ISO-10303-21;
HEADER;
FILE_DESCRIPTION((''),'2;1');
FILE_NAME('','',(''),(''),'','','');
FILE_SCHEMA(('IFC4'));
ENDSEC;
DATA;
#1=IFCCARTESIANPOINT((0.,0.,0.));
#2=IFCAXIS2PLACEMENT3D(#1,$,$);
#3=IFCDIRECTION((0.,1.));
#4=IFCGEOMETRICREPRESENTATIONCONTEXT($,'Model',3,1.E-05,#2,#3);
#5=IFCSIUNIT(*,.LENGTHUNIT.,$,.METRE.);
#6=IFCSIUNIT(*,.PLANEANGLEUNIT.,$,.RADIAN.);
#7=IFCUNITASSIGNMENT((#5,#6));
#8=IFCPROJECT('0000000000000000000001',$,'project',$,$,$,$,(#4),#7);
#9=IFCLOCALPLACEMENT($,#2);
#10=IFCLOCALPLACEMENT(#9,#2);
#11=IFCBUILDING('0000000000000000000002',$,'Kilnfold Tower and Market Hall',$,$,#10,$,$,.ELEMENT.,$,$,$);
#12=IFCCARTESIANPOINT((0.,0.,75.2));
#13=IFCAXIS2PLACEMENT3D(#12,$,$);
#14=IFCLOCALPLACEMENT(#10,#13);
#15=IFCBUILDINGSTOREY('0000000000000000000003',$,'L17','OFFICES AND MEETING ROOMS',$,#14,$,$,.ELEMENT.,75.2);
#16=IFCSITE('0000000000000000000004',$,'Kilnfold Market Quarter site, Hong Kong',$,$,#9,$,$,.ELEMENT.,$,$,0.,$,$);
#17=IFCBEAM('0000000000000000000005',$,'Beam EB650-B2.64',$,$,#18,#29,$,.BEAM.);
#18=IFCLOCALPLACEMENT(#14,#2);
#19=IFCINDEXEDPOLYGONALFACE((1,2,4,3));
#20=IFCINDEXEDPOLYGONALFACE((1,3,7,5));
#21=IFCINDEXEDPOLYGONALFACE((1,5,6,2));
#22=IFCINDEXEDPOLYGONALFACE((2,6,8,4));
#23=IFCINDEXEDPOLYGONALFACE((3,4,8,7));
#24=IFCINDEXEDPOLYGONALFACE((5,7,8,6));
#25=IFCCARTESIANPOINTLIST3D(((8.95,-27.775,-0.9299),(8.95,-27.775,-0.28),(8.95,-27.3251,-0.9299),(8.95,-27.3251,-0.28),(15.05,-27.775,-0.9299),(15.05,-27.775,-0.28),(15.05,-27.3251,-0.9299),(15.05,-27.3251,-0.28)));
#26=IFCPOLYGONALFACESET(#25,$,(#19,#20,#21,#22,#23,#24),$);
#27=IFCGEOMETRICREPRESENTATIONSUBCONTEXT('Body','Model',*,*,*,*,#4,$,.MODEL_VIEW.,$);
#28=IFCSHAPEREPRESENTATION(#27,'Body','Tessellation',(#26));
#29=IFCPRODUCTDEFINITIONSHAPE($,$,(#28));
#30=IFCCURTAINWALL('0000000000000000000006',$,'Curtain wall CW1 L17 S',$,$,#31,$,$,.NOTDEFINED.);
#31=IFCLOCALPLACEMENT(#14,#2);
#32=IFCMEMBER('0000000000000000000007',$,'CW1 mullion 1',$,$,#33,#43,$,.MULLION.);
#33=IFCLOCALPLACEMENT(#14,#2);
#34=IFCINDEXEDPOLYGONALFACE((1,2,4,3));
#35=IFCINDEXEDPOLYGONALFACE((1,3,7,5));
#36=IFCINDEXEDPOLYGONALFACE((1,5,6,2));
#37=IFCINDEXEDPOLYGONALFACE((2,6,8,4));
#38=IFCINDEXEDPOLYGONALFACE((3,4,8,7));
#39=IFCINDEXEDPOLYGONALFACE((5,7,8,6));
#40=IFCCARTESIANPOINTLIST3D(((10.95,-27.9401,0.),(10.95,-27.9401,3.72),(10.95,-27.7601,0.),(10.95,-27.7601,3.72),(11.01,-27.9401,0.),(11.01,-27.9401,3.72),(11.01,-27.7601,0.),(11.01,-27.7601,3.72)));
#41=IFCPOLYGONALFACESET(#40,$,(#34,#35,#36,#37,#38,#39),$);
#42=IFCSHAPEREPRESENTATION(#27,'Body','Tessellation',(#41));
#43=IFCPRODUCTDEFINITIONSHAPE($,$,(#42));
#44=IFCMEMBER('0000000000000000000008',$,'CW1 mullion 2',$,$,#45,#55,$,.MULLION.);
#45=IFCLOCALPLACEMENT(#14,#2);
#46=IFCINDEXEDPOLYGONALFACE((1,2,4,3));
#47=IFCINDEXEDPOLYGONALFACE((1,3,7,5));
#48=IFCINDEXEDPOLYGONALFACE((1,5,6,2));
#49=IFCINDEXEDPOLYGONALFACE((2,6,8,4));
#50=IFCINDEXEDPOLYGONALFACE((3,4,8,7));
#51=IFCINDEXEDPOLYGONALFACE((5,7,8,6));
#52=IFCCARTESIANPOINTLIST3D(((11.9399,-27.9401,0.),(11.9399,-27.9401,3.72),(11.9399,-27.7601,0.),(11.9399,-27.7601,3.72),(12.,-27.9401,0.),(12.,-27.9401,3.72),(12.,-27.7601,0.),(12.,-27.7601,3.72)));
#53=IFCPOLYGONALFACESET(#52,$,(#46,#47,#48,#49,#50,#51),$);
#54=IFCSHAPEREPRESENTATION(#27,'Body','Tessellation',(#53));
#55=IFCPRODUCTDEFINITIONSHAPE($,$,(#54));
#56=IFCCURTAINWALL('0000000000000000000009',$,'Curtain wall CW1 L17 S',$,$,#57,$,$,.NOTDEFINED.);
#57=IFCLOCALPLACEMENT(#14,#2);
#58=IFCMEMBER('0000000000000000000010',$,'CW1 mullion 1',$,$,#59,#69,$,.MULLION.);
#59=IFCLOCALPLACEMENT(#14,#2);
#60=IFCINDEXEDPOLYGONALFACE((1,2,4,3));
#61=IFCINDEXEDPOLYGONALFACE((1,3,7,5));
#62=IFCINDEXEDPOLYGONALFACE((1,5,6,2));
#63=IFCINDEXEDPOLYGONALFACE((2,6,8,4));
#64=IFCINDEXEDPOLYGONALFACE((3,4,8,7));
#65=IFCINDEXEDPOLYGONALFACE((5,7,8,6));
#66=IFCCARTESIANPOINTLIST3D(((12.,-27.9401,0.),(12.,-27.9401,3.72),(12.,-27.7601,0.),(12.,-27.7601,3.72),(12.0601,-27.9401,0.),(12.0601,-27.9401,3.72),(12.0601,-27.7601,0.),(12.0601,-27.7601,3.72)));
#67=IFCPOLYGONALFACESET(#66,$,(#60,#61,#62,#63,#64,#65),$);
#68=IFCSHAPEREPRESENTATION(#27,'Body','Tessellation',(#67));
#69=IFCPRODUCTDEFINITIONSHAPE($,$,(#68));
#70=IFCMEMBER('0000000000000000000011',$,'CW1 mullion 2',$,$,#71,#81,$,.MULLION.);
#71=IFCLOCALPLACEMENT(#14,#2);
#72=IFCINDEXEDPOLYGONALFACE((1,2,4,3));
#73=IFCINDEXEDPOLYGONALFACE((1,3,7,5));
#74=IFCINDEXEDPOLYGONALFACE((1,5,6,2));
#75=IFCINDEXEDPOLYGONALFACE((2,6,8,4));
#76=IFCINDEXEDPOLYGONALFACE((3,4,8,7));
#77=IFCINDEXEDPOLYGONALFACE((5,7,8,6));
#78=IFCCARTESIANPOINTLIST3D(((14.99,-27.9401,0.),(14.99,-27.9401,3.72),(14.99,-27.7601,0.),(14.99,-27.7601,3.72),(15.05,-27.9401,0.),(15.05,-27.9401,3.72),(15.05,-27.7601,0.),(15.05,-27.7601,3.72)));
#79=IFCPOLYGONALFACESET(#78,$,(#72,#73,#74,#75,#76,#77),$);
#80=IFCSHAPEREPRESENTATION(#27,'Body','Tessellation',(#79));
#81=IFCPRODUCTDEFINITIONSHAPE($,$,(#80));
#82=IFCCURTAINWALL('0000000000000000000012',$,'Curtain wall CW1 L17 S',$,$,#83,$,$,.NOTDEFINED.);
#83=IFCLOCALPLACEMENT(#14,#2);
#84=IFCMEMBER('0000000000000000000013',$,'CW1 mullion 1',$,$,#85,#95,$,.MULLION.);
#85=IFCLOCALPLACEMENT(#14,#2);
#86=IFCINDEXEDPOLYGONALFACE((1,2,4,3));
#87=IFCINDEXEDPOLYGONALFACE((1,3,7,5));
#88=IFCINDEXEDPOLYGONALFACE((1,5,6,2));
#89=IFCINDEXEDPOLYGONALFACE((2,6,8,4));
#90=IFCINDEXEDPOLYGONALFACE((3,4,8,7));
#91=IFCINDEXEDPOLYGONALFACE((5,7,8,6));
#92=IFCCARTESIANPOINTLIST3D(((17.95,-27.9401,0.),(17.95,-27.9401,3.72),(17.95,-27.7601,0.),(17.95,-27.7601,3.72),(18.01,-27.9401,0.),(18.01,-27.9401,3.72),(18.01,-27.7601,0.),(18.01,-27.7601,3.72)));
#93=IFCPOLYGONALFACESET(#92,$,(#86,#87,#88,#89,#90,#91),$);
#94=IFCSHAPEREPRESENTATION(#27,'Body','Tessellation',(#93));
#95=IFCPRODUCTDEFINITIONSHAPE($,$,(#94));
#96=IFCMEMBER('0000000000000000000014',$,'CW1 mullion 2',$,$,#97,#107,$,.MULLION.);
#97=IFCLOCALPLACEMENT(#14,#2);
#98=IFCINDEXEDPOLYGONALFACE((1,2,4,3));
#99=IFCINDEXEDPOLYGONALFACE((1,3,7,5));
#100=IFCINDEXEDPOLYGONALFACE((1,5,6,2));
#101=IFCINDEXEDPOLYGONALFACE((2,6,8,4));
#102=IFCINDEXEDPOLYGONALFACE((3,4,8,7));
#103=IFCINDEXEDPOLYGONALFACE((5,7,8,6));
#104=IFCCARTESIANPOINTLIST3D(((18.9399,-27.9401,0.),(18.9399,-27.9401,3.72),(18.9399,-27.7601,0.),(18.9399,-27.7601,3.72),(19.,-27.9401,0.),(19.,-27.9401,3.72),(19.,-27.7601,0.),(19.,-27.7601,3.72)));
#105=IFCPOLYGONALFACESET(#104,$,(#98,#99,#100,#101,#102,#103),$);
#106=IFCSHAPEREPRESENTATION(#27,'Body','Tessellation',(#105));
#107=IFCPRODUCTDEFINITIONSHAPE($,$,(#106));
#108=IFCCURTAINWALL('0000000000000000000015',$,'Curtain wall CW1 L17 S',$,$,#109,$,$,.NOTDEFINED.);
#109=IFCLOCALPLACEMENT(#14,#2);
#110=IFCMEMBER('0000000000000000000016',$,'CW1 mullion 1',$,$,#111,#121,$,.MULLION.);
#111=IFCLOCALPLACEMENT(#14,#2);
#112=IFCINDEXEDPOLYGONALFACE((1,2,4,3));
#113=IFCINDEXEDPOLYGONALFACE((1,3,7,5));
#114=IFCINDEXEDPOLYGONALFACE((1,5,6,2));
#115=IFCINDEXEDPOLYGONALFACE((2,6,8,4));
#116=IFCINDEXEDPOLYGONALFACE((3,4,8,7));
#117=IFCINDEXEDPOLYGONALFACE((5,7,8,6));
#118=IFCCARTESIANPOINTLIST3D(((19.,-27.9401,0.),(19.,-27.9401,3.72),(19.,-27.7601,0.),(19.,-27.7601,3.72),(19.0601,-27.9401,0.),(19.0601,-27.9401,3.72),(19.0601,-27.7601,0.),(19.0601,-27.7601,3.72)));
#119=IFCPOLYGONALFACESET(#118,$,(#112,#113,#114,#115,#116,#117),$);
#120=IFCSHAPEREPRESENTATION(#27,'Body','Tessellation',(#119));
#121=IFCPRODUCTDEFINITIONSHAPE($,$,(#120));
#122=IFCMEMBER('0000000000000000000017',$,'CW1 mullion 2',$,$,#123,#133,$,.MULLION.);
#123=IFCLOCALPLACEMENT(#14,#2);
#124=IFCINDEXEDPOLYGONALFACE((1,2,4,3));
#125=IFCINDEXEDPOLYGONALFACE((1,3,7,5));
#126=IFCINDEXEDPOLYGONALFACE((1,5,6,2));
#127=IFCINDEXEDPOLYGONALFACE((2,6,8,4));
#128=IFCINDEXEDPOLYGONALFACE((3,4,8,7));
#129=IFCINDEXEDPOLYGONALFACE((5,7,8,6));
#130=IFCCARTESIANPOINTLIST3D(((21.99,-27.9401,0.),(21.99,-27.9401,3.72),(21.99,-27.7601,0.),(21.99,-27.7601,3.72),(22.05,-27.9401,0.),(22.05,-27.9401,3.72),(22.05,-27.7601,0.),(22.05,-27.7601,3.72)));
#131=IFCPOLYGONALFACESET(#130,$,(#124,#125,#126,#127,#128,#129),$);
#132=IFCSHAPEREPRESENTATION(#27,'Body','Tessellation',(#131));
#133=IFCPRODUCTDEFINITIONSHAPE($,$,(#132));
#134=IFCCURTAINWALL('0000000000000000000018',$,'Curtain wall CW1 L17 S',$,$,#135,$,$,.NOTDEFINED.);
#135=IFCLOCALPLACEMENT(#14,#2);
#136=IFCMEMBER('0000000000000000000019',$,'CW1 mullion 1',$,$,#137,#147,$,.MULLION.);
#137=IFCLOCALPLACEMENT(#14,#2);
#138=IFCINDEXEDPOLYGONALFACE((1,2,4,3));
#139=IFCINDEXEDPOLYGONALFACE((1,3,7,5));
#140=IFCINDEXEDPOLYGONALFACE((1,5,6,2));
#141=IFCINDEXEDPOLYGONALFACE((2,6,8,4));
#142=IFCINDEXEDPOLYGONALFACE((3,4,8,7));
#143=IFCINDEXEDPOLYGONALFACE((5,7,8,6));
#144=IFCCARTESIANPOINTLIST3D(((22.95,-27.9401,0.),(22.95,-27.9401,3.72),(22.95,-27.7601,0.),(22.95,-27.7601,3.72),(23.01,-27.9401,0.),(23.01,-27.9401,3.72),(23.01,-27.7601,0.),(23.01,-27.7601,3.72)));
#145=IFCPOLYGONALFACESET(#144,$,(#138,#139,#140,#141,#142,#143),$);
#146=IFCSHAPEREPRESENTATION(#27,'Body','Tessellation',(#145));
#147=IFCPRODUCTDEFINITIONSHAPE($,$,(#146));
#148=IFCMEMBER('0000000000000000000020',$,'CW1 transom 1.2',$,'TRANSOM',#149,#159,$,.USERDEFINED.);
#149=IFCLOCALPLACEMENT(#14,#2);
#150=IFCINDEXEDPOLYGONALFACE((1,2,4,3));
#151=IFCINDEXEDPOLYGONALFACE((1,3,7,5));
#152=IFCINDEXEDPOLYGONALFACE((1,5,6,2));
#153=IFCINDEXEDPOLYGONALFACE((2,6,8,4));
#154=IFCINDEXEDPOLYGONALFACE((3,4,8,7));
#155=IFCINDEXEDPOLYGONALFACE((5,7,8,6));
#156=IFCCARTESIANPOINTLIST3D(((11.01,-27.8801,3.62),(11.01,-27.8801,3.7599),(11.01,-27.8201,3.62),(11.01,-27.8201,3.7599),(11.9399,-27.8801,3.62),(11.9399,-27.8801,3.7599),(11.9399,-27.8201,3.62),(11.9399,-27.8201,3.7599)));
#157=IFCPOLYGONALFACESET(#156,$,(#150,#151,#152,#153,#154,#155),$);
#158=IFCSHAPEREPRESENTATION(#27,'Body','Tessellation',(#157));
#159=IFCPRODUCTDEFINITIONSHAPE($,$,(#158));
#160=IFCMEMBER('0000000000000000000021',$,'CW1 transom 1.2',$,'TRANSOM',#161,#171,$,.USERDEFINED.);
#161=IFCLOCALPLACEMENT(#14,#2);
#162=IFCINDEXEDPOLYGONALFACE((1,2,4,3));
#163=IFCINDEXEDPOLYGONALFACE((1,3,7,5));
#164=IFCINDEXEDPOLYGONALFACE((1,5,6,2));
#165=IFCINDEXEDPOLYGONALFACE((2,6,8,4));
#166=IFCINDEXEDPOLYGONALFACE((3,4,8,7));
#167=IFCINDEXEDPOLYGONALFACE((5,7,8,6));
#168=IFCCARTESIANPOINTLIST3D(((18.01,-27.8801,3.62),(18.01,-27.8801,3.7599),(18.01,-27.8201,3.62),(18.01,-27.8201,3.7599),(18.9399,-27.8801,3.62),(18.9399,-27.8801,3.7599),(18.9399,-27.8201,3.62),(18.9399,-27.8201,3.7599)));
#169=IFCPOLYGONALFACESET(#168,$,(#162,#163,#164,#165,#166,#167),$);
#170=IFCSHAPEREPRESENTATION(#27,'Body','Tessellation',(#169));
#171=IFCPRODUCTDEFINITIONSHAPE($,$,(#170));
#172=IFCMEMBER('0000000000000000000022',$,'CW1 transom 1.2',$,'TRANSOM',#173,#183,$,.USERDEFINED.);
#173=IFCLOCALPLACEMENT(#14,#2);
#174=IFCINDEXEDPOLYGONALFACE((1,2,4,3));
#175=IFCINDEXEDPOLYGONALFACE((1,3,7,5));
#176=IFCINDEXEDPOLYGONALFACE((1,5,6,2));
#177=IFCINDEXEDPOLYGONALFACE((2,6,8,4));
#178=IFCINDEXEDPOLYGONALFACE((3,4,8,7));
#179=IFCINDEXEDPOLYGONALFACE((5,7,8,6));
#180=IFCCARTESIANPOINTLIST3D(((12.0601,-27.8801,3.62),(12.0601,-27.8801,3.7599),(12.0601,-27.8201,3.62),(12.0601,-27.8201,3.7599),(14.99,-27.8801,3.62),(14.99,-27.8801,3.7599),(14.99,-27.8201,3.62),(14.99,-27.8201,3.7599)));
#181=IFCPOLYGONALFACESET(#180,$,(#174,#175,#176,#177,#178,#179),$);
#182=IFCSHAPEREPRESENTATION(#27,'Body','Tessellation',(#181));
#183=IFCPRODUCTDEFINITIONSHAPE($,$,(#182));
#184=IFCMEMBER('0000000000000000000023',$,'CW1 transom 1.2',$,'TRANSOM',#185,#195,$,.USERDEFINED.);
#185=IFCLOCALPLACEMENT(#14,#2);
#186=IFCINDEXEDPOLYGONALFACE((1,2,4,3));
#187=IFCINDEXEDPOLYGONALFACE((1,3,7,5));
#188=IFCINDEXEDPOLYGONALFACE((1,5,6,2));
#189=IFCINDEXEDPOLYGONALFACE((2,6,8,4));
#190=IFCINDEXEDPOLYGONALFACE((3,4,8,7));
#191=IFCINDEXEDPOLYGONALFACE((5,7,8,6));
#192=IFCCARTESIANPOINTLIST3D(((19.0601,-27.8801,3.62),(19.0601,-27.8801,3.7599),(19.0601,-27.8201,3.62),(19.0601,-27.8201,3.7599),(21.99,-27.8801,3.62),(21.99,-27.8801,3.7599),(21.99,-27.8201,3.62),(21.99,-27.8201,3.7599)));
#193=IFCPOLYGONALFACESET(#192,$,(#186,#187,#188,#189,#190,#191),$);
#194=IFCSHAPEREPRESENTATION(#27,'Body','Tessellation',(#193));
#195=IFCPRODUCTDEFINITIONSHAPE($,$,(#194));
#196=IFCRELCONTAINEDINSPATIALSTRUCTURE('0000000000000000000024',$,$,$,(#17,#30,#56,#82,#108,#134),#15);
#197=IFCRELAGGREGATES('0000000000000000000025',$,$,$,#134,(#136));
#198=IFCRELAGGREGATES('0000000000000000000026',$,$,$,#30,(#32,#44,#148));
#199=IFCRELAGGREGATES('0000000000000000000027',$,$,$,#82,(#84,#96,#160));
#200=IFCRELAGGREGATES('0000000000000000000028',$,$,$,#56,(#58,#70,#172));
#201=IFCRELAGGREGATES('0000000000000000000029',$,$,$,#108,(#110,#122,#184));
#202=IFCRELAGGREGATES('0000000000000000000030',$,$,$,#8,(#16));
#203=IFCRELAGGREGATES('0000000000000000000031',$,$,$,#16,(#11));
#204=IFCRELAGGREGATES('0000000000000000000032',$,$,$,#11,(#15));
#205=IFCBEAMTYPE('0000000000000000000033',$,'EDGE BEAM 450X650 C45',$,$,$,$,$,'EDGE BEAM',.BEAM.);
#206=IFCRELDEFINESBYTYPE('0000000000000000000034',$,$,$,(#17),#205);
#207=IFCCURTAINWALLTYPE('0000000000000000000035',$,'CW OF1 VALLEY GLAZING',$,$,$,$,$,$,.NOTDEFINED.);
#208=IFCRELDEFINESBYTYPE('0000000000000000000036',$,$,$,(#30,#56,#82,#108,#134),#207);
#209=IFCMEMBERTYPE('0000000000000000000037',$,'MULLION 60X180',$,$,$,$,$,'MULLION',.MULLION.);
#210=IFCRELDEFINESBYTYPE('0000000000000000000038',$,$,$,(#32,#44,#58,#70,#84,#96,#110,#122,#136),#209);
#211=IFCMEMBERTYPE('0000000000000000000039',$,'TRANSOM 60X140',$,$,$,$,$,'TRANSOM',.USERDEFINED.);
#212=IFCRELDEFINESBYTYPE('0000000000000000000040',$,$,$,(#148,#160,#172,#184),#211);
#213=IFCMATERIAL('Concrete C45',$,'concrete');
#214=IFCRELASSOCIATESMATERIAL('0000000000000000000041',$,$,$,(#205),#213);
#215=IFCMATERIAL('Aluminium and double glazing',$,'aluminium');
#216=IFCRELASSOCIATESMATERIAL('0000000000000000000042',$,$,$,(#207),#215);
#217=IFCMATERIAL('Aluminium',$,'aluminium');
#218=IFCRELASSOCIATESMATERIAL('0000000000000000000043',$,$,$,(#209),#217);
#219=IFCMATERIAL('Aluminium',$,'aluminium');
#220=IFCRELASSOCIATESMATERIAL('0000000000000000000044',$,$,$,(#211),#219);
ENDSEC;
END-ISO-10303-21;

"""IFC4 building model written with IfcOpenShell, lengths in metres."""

from ifc_helpers import new_model, si_unit, direction, frame, origin, origin_2d, place, context, subcontext, project, spatial, rectangle, extrude, source, transform, mapped, material, material_profile, profile_set, type_object, element, aggregate, save


model = new_model("IFC4")

# Units and contexts
model_context = context("Model", 3, precision=1e-05, world=origin(), true_north=direction((0.0, 1.0)))
body_context = subcontext(model_context, "Body", "Model", "MODEL_VIEW")
ifc_project = project(units=[si_unit("LENGTHUNIT", "METRE"), si_unit("PLANEANGLEUNIT", "RADIAN")], contexts=[model_context])

# Site, building, storey
site_placement = place(None, origin())
site = spatial("IfcSite", under=ifc_project, at=site_placement, Name="Kilnfold Market Quarter site, Hong Kong", CompositionType="ELEMENT", RefElevation=0.0)
building_placement = place(site_placement, origin())
building = spatial("IfcBuilding", under=site, at=building_placement, Name="Kilnfold Tower and Market Hall", CompositionType="ELEMENT")
storey_placement = place(building_placement, frame((0.0, 0.0, 75.2)))
storey = spatial("IfcBuildingStorey", under=building, at=storey_placement, Name="L17", Description="OFFICES AND MEETING ROOMS", CompositionType="ELEMENT", Elevation=75.2)

# Beam
ifc_material_1 = material(Name="Concrete C45", Category="concrete")
ifc_material_profile_1 = material_profile(ifc_material_1, rectangle(XDim=0.45, YDim=0.6499, at=origin_2d()), Name="RC 450x650")
ifc_profile_set_1 = profile_set([ifc_material_profile_1], Name="Concrete C45")
beam_type = type_object("IfcBeamType", Name="EDGE BEAM 450X650 C45", ElementType="EDGE BEAM", PredefinedType="BEAM", material=ifc_profile_set_1)
shared_shape_1 = source(origin(), body_context, "Body", "SweptSolid", [
    extrude(rectangle(XDim=0.45, YDim=0.6499, at=origin_2d()), origin(), (0.0, 0.0, 1.0), 6.1001),
])
beam_placement = place(storey_placement, frame((8.95, -27.55, -0.605), z_axis=(1.0, 0.0, 0.0), x_axis=(0.0, 1.0, 0.0)))
element("IfcBeam", 1, at=beam_placement, inside=storey, type_object=beam_type, Name="Beam EB650-B2.64", PredefinedType="BEAM", context=body_context, shape_type="MappedRepresentation", body=[
    mapped(shared_shape_1, transform((0.0, 0.0, 0.0))),
])

# Curtain walls, members
ifc_material_2 = material(Name="Aluminium and double glazing", Category="aluminium")
curtain_wall_type = type_object("IfcCurtainWallType", Name="CW OF1 VALLEY GLAZING", PredefinedType="NOTDEFINED", material=ifc_material_2)
curtain_wall_1_placement = place(storey_placement, origin())
curtain_wall_1 = element("IfcCurtainWall", 2, at=curtain_wall_1_placement, inside=storey, type_object=curtain_wall_type, Name="Curtain wall CW1 L17 S", PredefinedType="NOTDEFINED")
ifc_material_3 = material(Name="Aluminium", Category="aluminium")
ifc_material_profile_2 = material_profile(ifc_material_3, rectangle(XDim=0.0601, YDim=0.1799, at=origin_2d()), Name="MULLION 60x180")
ifc_profile_set_2 = profile_set([ifc_material_profile_2], Name="Aluminium")
member_type_1 = type_object("IfcMemberType", Name="MULLION 60X180", ElementType="MULLION", PredefinedType="MULLION", material=ifc_profile_set_2)
shared_shape_2 = source(origin(), body_context, "Body", "SweptSolid", [
    extrude(rectangle(XDim=0.0601, YDim=0.1799, at=origin_2d()), origin(), (0.0, 0.0, 1.0), 3.72),
])
member_1_placement = place(storey_placement, frame((10.98, -27.8501, 0.0), z_axis=(0.0, 0.0, 1.0), x_axis=(1.0, 0.0, 0.0)))
member_1 = element("IfcMember", 3, at=member_1_placement, type_object=member_type_1, Name="CW1 mullion 1", PredefinedType="MULLION", context=body_context, shape_type="MappedRepresentation", body=[
    mapped(shared_shape_2, transform((0.0, 0.0, 0.0))),
])
member_2_placement = place(storey_placement, frame((11.97, -27.8501, 0.0), z_axis=(0.0, 0.0, 1.0), x_axis=(1.0, 0.0, 0.0)))
member_2 = element("IfcMember", 4, at=member_2_placement, type_object=member_type_1, Name="CW1 mullion 2", PredefinedType="MULLION", context=body_context, shape_type="MappedRepresentation", body=[
    mapped(shared_shape_2, transform((0.0, 0.0, 0.0))),
])
curtain_wall_2_placement = place(storey_placement, origin())
curtain_wall_2 = element("IfcCurtainWall", 5, at=curtain_wall_2_placement, inside=storey, type_object=curtain_wall_type, Name="Curtain wall CW1 L17 S", PredefinedType="NOTDEFINED")
member_3_placement = place(storey_placement, frame((12.03, -27.8501, 0.0), z_axis=(0.0, 0.0, 1.0), x_axis=(1.0, 0.0, 0.0)))
member_3 = element("IfcMember", 6, at=member_3_placement, type_object=member_type_1, Name="CW1 mullion 1", PredefinedType="MULLION", context=body_context, shape_type="MappedRepresentation", body=[
    mapped(shared_shape_2, transform((0.0, 0.0, 0.0))),
])
member_4_placement = place(storey_placement, frame((15.02, -27.8501, 0.0), z_axis=(0.0, 0.0, 1.0), x_axis=(1.0, 0.0, 0.0)))
member_4 = element("IfcMember", 7, at=member_4_placement, type_object=member_type_1, Name="CW1 mullion 2", PredefinedType="MULLION", context=body_context, shape_type="MappedRepresentation", body=[
    mapped(shared_shape_2, transform((0.0, 0.0, 0.0))),
])
curtain_wall_3_placement = place(storey_placement, origin())
curtain_wall_3 = element("IfcCurtainWall", 8, at=curtain_wall_3_placement, inside=storey, type_object=curtain_wall_type, Name="Curtain wall CW1 L17 S", PredefinedType="NOTDEFINED")
member_5_placement = place(storey_placement, frame((17.98, -27.8501, 0.0), z_axis=(0.0, 0.0, 1.0), x_axis=(1.0, 0.0, 0.0)))
member_5 = element("IfcMember", 9, at=member_5_placement, type_object=member_type_1, Name="CW1 mullion 1", PredefinedType="MULLION", context=body_context, shape_type="MappedRepresentation", body=[
    mapped(shared_shape_2, transform((0.0, 0.0, 0.0))),
])
member_6_placement = place(storey_placement, frame((18.97, -27.8501, 0.0), z_axis=(0.0, 0.0, 1.0), x_axis=(1.0, 0.0, 0.0)))
member_6 = element("IfcMember", 10, at=member_6_placement, type_object=member_type_1, Name="CW1 mullion 2", PredefinedType="MULLION", context=body_context, shape_type="MappedRepresentation", body=[
    mapped(shared_shape_2, transform((0.0, 0.0, 0.0))),
])
curtain_wall_4_placement = place(storey_placement, origin())
curtain_wall_4 = element("IfcCurtainWall", 11, at=curtain_wall_4_placement, inside=storey, type_object=curtain_wall_type, Name="Curtain wall CW1 L17 S", PredefinedType="NOTDEFINED")
member_7_placement = place(storey_placement, frame((19.03, -27.8501, 0.0), z_axis=(0.0, 0.0, 1.0), x_axis=(1.0, 0.0, 0.0)))
member_7 = element("IfcMember", 12, at=member_7_placement, type_object=member_type_1, Name="CW1 mullion 1", PredefinedType="MULLION", context=body_context, shape_type="MappedRepresentation", body=[
    mapped(shared_shape_2, transform((0.0, 0.0, 0.0))),
])
member_8_placement = place(storey_placement, frame((22.02, -27.8501, 0.0), z_axis=(0.0, 0.0, 1.0), x_axis=(1.0, 0.0, 0.0)))
member_8 = element("IfcMember", 13, at=member_8_placement, type_object=member_type_1, Name="CW1 mullion 2", PredefinedType="MULLION", context=body_context, shape_type="MappedRepresentation", body=[
    mapped(shared_shape_2, transform((0.0, 0.0, 0.0))),
])

# Curtain wall, member
curtain_wall_5_placement = place(storey_placement, origin())
curtain_wall_5 = element("IfcCurtainWall", 14, at=curtain_wall_5_placement, inside=storey, type_object=curtain_wall_type, Name="Curtain wall CW1 L17 S", PredefinedType="NOTDEFINED")
member_9_placement = place(storey_placement, frame((22.98, -27.8501, 0.0), z_axis=(0.0, 0.0, 1.0), x_axis=(1.0, 0.0, 0.0)))
member_9 = element("IfcMember", 15, at=member_9_placement, type_object=member_type_1, Name="CW1 mullion 1", PredefinedType="MULLION", context=body_context, shape_type="MappedRepresentation", body=[
    mapped(shared_shape_2, transform((0.0, 0.0, 0.0))),
])

# Members
ifc_material_4 = material(Name="Aluminium", Category="aluminium")
ifc_material_profile_3 = material_profile(ifc_material_4, rectangle(XDim=0.0601, YDim=0.1399, at=origin_2d()), Name="TRANSOM 60x140")
ifc_profile_set_3 = profile_set([ifc_material_profile_3], Name="Aluminium")
member_type_2 = type_object("IfcMemberType", Name="TRANSOM 60X140", ElementType="TRANSOM", PredefinedType="USERDEFINED", material=ifc_profile_set_3)
shared_shape_3 = source(origin(), body_context, "Body", "SweptSolid", [
    extrude(rectangle(XDim=0.0601, YDim=0.1399, at=origin_2d()), origin(), (0.0, 0.0, 1.0), 0.9299),
])
member_10_placement = place(storey_placement, frame((11.01, -27.8501, 3.6899), z_axis=(1.0, 0.0, 0.0), x_axis=(0.0, 1.0, 0.0)))
member_10 = element("IfcMember", 16, at=member_10_placement, type_object=member_type_2, Name="CW1 transom 1.2", ObjectType="TRANSOM", PredefinedType="USERDEFINED", context=body_context, shape_type="MappedRepresentation", body=[
    mapped(shared_shape_3, transform((0.0, 0.0, 0.0))),
])
member_11_placement = place(storey_placement, frame((18.01, -27.8501, 3.6899), z_axis=(1.0, 0.0, 0.0), x_axis=(0.0, 1.0, 0.0)))
member_11 = element("IfcMember", 17, at=member_11_placement, type_object=member_type_2, Name="CW1 transom 1.2", ObjectType="TRANSOM", PredefinedType="USERDEFINED", context=body_context, shape_type="MappedRepresentation", body=[
    mapped(shared_shape_3, transform((0.0, 0.0, 0.0))),
])
shared_shape_4 = source(origin(), body_context, "Body", "SweptSolid", [
    extrude(rectangle(XDim=0.0601, YDim=0.1399, at=origin_2d()), origin(), (0.0, 0.0, 1.0), 2.9299),
])
member_12_placement = place(storey_placement, frame((12.0601, -27.8501, 3.6899), z_axis=(1.0, 0.0, 0.0), x_axis=(0.0, 1.0, 0.0)))
member_12 = element("IfcMember", 18, at=member_12_placement, type_object=member_type_2, Name="CW1 transom 1.2", ObjectType="TRANSOM", PredefinedType="USERDEFINED", context=body_context, shape_type="MappedRepresentation", body=[
    mapped(shared_shape_4, transform((0.0, 0.0, 0.0))),
])
member_13_placement = place(storey_placement, frame((19.0601, -27.8501, 3.6899), z_axis=(1.0, 0.0, 0.0), x_axis=(0.0, 1.0, 0.0)))
member_13 = element("IfcMember", 19, at=member_13_placement, type_object=member_type_2, Name="CW1 transom 1.2", ObjectType="TRANSOM", PredefinedType="USERDEFINED", context=body_context, shape_type="MappedRepresentation", body=[
    mapped(shared_shape_4, transform((0.0, 0.0, 0.0))),
])
aggregate(curtain_wall_5, [member_9])

aggregate(curtain_wall_1, [member_1, member_2, member_10])
aggregate(curtain_wall_3, [member_5, member_6, member_11])
aggregate(curtain_wall_2, [member_3, member_4, member_12])
aggregate(curtain_wall_4, [member_7, member_8, member_13])

save(model, "model.ifc")
